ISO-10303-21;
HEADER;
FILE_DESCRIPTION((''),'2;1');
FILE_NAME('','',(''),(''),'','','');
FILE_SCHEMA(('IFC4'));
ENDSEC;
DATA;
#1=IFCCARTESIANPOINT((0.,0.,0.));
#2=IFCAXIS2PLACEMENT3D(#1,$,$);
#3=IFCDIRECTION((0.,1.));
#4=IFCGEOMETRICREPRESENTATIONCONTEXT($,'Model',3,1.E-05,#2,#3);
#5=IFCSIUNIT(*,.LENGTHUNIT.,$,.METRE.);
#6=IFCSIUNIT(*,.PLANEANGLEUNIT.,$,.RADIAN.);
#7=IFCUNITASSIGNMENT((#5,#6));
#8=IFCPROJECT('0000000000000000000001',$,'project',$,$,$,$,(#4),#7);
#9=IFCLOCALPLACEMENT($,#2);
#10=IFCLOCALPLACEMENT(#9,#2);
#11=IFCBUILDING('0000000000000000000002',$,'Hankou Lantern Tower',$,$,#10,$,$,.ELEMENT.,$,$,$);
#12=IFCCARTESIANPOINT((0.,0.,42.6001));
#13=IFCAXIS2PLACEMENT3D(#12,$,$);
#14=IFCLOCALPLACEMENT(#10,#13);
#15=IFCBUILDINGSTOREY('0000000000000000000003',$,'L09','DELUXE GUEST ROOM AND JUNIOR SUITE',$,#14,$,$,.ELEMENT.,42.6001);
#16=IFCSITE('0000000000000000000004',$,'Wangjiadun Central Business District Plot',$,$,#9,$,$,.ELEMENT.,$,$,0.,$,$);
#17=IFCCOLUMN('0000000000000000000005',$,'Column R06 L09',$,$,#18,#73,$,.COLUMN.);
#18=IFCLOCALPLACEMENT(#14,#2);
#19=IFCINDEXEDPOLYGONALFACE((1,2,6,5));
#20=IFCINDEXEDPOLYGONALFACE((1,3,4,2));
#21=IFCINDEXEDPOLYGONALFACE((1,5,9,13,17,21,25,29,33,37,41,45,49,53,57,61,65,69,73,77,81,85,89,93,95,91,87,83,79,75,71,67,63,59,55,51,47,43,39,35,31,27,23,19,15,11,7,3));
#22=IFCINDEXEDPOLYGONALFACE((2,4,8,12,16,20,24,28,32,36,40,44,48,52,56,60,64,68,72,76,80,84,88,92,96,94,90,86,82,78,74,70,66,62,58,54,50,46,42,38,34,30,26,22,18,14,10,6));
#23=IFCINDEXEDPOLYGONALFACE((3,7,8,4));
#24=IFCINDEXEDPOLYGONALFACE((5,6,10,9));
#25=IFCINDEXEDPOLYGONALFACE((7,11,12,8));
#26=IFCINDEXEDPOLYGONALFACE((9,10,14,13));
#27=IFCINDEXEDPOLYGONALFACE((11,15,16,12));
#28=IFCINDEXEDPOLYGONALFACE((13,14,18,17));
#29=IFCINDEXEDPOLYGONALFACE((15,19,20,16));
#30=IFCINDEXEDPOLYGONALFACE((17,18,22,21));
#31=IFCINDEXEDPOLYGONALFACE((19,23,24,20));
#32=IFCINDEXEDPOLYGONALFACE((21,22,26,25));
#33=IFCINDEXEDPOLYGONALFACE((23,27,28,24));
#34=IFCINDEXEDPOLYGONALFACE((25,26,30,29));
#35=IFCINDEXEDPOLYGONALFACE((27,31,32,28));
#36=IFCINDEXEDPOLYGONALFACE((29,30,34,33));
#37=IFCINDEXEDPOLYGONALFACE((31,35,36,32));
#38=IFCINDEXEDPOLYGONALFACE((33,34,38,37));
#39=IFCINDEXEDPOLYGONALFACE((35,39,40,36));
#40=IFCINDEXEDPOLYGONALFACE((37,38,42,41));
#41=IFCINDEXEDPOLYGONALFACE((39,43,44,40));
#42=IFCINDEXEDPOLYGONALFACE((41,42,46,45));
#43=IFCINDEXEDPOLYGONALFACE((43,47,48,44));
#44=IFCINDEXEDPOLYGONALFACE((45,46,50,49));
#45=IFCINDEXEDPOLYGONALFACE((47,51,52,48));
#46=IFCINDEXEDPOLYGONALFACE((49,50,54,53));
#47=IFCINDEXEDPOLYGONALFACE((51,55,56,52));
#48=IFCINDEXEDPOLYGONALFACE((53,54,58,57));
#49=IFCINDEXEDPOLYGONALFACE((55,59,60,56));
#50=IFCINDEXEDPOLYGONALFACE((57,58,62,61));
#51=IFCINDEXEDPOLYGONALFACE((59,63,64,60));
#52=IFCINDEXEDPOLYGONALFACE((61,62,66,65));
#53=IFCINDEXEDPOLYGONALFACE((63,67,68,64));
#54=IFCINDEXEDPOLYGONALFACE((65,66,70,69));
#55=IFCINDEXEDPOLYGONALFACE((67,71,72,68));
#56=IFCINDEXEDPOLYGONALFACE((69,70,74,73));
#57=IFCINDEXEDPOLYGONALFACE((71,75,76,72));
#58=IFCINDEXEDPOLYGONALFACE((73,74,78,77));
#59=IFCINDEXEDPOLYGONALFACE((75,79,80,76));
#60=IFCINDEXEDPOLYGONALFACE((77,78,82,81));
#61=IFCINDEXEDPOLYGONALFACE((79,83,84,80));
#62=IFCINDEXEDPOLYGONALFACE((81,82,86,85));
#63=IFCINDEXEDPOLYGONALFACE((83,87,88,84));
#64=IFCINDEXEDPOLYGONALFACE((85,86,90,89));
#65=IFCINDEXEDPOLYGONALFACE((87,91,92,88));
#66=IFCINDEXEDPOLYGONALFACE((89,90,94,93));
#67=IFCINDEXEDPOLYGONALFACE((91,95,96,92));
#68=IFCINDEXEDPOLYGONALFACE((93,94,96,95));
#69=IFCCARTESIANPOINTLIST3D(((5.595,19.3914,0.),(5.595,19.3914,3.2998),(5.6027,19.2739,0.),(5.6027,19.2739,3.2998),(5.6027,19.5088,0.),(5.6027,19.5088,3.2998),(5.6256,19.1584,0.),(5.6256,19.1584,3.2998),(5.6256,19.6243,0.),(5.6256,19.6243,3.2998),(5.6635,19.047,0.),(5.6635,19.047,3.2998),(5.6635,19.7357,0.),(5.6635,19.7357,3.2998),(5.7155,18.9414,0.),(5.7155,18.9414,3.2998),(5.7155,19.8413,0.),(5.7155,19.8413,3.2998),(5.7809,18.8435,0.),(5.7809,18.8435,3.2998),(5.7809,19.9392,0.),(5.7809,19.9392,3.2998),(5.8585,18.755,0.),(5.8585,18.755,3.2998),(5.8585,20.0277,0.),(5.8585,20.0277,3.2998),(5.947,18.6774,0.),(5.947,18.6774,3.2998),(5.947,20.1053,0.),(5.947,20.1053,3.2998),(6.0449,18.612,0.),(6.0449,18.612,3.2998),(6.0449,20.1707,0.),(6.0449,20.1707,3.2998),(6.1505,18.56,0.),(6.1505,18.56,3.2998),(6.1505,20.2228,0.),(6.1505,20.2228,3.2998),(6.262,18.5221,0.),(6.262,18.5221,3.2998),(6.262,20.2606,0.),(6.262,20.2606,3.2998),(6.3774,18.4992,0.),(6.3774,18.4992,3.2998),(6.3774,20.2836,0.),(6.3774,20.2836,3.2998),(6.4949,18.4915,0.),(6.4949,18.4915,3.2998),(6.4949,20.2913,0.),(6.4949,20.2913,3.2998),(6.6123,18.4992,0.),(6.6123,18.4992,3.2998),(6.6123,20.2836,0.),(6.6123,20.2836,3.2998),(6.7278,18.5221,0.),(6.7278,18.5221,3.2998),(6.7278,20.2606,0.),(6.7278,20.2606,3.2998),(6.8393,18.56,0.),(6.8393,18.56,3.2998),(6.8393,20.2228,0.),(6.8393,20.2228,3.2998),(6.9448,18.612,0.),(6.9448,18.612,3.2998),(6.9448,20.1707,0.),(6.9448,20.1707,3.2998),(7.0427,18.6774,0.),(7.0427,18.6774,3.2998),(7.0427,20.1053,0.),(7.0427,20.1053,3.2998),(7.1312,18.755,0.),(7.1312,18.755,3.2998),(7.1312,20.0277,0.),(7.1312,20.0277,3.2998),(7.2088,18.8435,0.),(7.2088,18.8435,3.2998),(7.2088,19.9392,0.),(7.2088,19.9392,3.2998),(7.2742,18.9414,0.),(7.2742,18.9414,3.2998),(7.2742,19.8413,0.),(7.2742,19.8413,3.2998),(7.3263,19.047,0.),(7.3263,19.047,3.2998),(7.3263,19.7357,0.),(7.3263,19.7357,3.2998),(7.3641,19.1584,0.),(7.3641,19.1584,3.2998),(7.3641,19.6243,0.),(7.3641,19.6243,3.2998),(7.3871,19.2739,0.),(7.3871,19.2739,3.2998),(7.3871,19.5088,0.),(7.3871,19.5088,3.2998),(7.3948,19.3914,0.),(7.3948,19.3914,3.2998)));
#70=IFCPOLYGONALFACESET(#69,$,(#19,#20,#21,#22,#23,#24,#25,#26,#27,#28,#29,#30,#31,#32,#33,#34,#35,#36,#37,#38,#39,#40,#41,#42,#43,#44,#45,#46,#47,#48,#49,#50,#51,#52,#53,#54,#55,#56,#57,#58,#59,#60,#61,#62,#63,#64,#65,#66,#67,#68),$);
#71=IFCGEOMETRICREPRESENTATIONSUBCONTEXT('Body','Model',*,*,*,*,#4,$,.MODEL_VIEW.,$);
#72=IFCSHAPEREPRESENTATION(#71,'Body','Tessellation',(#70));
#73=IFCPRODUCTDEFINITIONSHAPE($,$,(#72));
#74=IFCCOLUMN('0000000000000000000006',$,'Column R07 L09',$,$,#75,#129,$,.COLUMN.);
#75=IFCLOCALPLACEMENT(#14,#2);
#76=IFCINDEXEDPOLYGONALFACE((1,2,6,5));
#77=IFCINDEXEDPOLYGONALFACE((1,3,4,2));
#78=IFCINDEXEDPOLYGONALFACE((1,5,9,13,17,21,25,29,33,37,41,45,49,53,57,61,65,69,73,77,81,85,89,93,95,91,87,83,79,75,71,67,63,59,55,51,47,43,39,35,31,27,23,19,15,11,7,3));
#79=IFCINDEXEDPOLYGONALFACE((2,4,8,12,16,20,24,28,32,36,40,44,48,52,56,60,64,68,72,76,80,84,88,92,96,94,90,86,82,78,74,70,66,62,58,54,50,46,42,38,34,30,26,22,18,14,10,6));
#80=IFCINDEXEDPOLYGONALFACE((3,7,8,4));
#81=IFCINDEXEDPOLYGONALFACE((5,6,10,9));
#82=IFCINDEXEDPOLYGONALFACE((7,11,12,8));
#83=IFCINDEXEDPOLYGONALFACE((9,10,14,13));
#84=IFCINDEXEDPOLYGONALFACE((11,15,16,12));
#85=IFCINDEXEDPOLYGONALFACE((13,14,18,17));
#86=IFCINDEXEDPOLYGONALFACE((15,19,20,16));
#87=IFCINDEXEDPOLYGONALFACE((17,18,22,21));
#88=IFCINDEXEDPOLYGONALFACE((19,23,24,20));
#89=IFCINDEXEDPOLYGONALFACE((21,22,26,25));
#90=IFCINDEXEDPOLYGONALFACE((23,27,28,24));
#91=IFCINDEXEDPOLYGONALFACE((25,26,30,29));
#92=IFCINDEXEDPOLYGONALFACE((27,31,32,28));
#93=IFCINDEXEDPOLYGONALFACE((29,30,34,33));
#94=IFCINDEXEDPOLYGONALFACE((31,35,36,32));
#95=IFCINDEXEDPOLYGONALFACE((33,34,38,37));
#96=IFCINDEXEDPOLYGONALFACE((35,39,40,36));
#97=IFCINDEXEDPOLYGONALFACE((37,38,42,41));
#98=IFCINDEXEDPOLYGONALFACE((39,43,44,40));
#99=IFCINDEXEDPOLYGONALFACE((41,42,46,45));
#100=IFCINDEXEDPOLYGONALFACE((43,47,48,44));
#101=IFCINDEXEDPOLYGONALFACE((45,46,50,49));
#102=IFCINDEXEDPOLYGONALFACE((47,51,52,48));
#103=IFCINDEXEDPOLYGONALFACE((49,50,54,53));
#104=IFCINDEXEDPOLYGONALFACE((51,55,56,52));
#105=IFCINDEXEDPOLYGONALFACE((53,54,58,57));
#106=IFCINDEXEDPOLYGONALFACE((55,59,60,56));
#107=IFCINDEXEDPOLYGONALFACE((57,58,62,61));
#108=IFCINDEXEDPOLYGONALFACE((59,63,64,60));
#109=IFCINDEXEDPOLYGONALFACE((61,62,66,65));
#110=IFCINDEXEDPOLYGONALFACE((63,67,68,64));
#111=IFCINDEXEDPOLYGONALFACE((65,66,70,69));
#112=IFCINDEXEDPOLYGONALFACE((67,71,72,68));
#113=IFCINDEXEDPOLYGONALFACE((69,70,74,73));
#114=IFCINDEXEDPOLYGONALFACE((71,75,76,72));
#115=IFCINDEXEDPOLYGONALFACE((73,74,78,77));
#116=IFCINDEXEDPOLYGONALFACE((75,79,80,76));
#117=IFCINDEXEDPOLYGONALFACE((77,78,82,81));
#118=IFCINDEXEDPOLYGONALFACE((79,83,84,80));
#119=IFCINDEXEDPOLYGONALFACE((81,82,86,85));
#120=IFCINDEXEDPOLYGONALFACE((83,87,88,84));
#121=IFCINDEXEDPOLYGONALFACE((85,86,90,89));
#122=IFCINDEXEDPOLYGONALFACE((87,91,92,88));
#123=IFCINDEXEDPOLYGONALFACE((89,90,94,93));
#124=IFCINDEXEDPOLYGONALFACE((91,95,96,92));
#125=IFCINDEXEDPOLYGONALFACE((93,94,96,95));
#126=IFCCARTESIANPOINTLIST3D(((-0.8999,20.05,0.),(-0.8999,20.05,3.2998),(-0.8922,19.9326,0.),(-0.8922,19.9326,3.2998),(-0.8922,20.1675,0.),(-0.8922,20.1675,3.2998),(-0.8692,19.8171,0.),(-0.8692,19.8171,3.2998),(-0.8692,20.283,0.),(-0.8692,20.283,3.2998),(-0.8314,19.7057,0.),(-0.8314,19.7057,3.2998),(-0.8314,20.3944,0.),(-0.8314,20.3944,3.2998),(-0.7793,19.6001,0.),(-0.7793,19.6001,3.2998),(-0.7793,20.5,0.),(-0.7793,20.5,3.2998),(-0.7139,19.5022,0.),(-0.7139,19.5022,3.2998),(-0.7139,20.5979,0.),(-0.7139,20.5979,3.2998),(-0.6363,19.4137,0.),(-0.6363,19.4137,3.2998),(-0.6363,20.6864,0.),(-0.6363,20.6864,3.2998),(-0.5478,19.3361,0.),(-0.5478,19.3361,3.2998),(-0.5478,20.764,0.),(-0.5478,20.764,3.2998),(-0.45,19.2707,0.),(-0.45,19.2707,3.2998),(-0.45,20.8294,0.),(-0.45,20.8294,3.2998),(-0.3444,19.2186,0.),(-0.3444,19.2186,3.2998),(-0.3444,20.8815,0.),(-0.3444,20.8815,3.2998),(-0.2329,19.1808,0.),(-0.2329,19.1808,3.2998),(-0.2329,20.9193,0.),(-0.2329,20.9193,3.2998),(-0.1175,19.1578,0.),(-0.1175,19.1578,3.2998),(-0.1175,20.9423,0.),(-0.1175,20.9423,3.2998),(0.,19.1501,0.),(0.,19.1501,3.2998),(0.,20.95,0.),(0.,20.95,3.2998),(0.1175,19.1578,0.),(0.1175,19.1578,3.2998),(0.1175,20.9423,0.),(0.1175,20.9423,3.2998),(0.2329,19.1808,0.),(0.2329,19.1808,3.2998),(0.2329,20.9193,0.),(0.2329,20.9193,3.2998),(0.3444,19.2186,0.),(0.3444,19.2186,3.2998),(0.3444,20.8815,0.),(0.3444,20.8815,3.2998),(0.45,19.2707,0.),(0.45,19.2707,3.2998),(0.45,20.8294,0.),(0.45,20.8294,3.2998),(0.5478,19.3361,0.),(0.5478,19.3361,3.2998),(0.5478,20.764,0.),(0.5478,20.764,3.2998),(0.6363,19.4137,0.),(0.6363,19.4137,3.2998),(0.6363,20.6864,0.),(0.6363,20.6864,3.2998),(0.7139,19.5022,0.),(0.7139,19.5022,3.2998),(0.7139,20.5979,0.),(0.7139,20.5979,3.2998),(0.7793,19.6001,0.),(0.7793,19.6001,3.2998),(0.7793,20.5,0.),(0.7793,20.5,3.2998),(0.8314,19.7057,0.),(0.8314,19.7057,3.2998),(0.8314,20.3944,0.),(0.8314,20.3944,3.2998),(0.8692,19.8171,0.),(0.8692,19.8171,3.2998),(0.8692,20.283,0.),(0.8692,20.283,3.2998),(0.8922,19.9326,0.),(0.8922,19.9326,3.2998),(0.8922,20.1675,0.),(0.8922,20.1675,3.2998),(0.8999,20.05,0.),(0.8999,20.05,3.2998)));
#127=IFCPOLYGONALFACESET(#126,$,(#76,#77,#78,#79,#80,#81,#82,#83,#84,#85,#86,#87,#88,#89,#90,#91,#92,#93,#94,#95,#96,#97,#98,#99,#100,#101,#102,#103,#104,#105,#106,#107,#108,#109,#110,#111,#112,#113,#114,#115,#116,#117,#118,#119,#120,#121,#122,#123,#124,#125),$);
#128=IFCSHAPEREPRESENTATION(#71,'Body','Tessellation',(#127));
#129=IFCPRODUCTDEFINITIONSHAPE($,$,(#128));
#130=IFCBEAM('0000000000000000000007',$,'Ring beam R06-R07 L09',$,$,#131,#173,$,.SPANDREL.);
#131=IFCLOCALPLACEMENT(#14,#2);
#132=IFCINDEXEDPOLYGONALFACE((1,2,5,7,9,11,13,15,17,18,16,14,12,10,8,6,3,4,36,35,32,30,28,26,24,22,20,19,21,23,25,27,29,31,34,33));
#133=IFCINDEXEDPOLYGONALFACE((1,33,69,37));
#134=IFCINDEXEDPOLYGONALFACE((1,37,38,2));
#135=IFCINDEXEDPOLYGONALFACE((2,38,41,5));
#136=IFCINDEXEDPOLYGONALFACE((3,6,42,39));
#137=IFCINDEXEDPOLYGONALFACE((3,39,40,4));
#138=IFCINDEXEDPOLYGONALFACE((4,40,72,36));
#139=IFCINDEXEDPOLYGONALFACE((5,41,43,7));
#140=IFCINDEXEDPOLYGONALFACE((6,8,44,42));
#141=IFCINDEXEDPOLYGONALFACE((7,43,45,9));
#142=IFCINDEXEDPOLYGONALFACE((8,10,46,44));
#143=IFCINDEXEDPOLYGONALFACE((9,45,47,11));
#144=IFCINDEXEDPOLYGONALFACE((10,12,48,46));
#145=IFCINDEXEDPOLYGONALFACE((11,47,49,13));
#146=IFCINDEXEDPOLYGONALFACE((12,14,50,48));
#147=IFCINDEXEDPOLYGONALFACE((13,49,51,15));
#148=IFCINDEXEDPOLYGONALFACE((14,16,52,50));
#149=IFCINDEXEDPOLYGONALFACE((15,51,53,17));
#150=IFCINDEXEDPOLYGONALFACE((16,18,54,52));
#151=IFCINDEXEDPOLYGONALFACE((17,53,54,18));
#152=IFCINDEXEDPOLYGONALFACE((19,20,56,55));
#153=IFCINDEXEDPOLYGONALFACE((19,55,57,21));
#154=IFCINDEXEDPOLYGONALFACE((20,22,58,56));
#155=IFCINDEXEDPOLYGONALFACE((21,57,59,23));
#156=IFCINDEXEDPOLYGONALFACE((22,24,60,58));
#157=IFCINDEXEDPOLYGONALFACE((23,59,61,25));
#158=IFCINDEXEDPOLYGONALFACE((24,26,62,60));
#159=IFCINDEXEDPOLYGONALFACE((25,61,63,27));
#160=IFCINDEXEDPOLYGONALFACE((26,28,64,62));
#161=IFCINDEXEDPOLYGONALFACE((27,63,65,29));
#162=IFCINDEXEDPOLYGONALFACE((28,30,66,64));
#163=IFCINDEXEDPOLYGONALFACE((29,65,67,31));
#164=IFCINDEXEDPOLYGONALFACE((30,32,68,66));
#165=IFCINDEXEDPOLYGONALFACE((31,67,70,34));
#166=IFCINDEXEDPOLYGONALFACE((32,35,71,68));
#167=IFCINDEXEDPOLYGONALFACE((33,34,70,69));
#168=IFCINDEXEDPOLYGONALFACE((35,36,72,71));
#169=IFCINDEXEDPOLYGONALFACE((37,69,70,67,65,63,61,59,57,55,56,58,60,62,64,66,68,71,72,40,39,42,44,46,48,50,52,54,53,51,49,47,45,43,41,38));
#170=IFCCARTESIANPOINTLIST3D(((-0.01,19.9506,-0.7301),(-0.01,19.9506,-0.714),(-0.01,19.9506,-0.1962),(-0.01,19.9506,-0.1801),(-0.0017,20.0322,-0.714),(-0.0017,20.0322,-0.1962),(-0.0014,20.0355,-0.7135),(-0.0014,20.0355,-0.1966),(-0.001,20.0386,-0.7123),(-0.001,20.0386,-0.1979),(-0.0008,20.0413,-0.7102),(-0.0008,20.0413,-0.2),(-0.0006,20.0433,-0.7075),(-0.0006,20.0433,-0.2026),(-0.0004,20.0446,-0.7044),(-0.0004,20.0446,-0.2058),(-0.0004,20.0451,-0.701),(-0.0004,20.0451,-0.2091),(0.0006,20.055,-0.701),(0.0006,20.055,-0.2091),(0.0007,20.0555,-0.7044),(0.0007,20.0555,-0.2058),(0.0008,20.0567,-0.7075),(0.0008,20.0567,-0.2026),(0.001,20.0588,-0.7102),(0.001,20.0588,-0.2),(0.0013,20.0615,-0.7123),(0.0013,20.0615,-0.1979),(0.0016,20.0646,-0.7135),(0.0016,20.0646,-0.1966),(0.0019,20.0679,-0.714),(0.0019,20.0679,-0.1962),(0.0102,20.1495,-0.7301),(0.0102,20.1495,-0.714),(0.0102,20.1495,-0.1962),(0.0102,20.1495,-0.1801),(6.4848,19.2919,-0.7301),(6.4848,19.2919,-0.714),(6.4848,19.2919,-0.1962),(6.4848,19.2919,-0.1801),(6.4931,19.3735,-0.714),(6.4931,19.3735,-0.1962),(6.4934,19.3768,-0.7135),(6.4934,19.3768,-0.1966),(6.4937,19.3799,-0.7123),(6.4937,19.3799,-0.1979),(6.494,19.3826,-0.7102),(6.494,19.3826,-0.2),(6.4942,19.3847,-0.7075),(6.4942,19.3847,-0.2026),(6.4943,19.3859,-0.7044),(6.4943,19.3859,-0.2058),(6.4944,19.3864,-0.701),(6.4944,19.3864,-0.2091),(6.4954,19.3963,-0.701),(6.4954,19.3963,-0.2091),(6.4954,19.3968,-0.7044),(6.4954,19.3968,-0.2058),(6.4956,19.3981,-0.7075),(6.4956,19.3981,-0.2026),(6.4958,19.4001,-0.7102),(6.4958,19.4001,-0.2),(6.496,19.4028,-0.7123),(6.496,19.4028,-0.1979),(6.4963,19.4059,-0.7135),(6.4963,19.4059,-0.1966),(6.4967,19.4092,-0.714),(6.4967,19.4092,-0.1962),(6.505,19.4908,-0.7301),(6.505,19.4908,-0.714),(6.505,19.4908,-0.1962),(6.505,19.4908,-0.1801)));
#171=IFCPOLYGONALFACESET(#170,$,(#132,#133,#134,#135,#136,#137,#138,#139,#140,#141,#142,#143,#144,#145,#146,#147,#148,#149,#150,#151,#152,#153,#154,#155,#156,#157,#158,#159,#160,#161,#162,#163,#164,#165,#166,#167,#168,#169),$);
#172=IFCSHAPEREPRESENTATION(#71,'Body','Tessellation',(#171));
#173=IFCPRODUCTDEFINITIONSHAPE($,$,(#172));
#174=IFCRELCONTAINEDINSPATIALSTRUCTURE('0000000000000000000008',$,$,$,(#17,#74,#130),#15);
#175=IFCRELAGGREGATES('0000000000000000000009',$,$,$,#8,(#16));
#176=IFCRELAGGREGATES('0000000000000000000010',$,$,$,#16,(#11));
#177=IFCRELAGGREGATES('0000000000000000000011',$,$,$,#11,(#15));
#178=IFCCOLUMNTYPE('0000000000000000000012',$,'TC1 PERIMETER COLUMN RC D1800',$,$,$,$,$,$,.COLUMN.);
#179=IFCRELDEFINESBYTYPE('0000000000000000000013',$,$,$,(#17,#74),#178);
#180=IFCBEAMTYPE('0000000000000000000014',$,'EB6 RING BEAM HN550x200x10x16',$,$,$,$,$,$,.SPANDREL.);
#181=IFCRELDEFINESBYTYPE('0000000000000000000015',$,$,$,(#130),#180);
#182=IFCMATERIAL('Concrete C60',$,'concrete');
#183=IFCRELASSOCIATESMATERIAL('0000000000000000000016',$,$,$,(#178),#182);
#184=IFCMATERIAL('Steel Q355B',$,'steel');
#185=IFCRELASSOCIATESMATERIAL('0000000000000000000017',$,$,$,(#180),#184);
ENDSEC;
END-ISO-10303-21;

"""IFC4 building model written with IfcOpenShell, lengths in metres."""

from ifc_helpers import new_model, si_unit, direction, frame, origin, origin_2d, place, context, subcontext, project, spatial, circle, i_section, extrude, material, material_profile, profile_set, type_object, element, save


model = new_model("IFC4")

# Units and contexts
model_context = context("Model", 3, precision=1e-05, world=origin(), true_north=direction((0.0, 1.0)))
body_context = subcontext(model_context, "Body", "Model", "MODEL_VIEW")
ifc_project = project(units=[si_unit("LENGTHUNIT", "METRE"), si_unit("PLANEANGLEUNIT", "RADIAN")], contexts=[model_context])

# Site, building, storey
site_placement = place(None, origin())
site = spatial("IfcSite", under=ifc_project, at=site_placement, Name="Wangjiadun Central Business District Plot", CompositionType="ELEMENT", RefElevation=0.0)
building_placement = place(site_placement, origin())
building = spatial("IfcBuilding", under=site, at=building_placement, Name="Hankou Lantern Tower", CompositionType="ELEMENT")
storey_placement = place(building_placement, frame((0.0, 0.0, 42.6001)))
storey = spatial("IfcBuildingStorey", under=building, at=storey_placement, Name="L09", Description="DELUXE GUEST ROOM AND JUNIOR SUITE", CompositionType="ELEMENT", Elevation=42.6001)

# Columns
ifc_material_1 = material(Name="Concrete C60", Category="concrete")
ifc_material_profile_1 = material_profile(ifc_material_1, circle(Radius=0.8999, at=origin_2d()), Name="RC D1800")
ifc_profile_set_1 = profile_set([ifc_material_profile_1], Name="Concrete C60")
column_type = type_object("IfcColumnType", Name="TC1 PERIMETER COLUMN RC D1800", PredefinedType="COLUMN", material=ifc_profile_set_1)
for number, where, z_axis, x_axis, name in (
    (1, (6.4949, 19.3914, 0.0), (0.0, 0.0, 1.0), (1.0, 0.0, 0.0), "Column R06 L09"),
    (2, (0.0, 20.05, 0.0), (0.0, 0.0, 1.0), (1.0, 0.0, 0.0), "Column R07 L09"),
):
    element("IfcColumn", number, at=place(storey_placement, frame(where, z_axis=z_axis, x_axis=x_axis)), inside=storey, type_object=column_type, Name=name, PredefinedType="COLUMN", context=body_context, shape_type="SweptSolid", body=[
        extrude(circle(Radius=0.8999, at=origin_2d()), origin(), (0.0, 0.0, 1.0), 3.2998),
    ])

# Beam
ifc_material_2 = material(Name="Steel Q355B", Category="steel")
ifc_material_profile_2 = material_profile(ifc_material_2, i_section(OverallWidth=0.2, OverallDepth=0.55, WebThickness=0.01, FlangeThickness=0.0161, FilletRadius=0.0129, at=origin_2d()), Name="HN550x200x10x16")
ifc_profile_set_2 = profile_set([ifc_material_profile_2], Name="Steel Q355B")
beam_type_1 = type_object("IfcBeamType", Name="EB6 RING BEAM HN550x200x10x16", PredefinedType="SPANDREL", material=ifc_profile_set_2)
for number, where, z_axis, x_axis, name in (
    (3, (6.4949, 19.3914, -0.4551), (-0.994897, 0.1009, 0.0), (-0.1009, -0.994897, 0.0), "Ring beam R06-R07 L09"),
):
    element("IfcBeam", number, at=place(storey_placement, frame(where, z_axis=z_axis, x_axis=x_axis)), inside=storey, type_object=beam_type_1, Name=name, PredefinedType="SPANDREL", context=body_context, shape_type="SweptSolid", body=[
        extrude(i_section(OverallWidth=0.2, OverallDepth=0.55, WebThickness=0.01, FlangeThickness=0.0161, FilletRadius=0.0129, at=origin_2d()), origin(), (0.0, 0.0, 1.0), 6.5281),
    ])

save(model, "model.ifc")
